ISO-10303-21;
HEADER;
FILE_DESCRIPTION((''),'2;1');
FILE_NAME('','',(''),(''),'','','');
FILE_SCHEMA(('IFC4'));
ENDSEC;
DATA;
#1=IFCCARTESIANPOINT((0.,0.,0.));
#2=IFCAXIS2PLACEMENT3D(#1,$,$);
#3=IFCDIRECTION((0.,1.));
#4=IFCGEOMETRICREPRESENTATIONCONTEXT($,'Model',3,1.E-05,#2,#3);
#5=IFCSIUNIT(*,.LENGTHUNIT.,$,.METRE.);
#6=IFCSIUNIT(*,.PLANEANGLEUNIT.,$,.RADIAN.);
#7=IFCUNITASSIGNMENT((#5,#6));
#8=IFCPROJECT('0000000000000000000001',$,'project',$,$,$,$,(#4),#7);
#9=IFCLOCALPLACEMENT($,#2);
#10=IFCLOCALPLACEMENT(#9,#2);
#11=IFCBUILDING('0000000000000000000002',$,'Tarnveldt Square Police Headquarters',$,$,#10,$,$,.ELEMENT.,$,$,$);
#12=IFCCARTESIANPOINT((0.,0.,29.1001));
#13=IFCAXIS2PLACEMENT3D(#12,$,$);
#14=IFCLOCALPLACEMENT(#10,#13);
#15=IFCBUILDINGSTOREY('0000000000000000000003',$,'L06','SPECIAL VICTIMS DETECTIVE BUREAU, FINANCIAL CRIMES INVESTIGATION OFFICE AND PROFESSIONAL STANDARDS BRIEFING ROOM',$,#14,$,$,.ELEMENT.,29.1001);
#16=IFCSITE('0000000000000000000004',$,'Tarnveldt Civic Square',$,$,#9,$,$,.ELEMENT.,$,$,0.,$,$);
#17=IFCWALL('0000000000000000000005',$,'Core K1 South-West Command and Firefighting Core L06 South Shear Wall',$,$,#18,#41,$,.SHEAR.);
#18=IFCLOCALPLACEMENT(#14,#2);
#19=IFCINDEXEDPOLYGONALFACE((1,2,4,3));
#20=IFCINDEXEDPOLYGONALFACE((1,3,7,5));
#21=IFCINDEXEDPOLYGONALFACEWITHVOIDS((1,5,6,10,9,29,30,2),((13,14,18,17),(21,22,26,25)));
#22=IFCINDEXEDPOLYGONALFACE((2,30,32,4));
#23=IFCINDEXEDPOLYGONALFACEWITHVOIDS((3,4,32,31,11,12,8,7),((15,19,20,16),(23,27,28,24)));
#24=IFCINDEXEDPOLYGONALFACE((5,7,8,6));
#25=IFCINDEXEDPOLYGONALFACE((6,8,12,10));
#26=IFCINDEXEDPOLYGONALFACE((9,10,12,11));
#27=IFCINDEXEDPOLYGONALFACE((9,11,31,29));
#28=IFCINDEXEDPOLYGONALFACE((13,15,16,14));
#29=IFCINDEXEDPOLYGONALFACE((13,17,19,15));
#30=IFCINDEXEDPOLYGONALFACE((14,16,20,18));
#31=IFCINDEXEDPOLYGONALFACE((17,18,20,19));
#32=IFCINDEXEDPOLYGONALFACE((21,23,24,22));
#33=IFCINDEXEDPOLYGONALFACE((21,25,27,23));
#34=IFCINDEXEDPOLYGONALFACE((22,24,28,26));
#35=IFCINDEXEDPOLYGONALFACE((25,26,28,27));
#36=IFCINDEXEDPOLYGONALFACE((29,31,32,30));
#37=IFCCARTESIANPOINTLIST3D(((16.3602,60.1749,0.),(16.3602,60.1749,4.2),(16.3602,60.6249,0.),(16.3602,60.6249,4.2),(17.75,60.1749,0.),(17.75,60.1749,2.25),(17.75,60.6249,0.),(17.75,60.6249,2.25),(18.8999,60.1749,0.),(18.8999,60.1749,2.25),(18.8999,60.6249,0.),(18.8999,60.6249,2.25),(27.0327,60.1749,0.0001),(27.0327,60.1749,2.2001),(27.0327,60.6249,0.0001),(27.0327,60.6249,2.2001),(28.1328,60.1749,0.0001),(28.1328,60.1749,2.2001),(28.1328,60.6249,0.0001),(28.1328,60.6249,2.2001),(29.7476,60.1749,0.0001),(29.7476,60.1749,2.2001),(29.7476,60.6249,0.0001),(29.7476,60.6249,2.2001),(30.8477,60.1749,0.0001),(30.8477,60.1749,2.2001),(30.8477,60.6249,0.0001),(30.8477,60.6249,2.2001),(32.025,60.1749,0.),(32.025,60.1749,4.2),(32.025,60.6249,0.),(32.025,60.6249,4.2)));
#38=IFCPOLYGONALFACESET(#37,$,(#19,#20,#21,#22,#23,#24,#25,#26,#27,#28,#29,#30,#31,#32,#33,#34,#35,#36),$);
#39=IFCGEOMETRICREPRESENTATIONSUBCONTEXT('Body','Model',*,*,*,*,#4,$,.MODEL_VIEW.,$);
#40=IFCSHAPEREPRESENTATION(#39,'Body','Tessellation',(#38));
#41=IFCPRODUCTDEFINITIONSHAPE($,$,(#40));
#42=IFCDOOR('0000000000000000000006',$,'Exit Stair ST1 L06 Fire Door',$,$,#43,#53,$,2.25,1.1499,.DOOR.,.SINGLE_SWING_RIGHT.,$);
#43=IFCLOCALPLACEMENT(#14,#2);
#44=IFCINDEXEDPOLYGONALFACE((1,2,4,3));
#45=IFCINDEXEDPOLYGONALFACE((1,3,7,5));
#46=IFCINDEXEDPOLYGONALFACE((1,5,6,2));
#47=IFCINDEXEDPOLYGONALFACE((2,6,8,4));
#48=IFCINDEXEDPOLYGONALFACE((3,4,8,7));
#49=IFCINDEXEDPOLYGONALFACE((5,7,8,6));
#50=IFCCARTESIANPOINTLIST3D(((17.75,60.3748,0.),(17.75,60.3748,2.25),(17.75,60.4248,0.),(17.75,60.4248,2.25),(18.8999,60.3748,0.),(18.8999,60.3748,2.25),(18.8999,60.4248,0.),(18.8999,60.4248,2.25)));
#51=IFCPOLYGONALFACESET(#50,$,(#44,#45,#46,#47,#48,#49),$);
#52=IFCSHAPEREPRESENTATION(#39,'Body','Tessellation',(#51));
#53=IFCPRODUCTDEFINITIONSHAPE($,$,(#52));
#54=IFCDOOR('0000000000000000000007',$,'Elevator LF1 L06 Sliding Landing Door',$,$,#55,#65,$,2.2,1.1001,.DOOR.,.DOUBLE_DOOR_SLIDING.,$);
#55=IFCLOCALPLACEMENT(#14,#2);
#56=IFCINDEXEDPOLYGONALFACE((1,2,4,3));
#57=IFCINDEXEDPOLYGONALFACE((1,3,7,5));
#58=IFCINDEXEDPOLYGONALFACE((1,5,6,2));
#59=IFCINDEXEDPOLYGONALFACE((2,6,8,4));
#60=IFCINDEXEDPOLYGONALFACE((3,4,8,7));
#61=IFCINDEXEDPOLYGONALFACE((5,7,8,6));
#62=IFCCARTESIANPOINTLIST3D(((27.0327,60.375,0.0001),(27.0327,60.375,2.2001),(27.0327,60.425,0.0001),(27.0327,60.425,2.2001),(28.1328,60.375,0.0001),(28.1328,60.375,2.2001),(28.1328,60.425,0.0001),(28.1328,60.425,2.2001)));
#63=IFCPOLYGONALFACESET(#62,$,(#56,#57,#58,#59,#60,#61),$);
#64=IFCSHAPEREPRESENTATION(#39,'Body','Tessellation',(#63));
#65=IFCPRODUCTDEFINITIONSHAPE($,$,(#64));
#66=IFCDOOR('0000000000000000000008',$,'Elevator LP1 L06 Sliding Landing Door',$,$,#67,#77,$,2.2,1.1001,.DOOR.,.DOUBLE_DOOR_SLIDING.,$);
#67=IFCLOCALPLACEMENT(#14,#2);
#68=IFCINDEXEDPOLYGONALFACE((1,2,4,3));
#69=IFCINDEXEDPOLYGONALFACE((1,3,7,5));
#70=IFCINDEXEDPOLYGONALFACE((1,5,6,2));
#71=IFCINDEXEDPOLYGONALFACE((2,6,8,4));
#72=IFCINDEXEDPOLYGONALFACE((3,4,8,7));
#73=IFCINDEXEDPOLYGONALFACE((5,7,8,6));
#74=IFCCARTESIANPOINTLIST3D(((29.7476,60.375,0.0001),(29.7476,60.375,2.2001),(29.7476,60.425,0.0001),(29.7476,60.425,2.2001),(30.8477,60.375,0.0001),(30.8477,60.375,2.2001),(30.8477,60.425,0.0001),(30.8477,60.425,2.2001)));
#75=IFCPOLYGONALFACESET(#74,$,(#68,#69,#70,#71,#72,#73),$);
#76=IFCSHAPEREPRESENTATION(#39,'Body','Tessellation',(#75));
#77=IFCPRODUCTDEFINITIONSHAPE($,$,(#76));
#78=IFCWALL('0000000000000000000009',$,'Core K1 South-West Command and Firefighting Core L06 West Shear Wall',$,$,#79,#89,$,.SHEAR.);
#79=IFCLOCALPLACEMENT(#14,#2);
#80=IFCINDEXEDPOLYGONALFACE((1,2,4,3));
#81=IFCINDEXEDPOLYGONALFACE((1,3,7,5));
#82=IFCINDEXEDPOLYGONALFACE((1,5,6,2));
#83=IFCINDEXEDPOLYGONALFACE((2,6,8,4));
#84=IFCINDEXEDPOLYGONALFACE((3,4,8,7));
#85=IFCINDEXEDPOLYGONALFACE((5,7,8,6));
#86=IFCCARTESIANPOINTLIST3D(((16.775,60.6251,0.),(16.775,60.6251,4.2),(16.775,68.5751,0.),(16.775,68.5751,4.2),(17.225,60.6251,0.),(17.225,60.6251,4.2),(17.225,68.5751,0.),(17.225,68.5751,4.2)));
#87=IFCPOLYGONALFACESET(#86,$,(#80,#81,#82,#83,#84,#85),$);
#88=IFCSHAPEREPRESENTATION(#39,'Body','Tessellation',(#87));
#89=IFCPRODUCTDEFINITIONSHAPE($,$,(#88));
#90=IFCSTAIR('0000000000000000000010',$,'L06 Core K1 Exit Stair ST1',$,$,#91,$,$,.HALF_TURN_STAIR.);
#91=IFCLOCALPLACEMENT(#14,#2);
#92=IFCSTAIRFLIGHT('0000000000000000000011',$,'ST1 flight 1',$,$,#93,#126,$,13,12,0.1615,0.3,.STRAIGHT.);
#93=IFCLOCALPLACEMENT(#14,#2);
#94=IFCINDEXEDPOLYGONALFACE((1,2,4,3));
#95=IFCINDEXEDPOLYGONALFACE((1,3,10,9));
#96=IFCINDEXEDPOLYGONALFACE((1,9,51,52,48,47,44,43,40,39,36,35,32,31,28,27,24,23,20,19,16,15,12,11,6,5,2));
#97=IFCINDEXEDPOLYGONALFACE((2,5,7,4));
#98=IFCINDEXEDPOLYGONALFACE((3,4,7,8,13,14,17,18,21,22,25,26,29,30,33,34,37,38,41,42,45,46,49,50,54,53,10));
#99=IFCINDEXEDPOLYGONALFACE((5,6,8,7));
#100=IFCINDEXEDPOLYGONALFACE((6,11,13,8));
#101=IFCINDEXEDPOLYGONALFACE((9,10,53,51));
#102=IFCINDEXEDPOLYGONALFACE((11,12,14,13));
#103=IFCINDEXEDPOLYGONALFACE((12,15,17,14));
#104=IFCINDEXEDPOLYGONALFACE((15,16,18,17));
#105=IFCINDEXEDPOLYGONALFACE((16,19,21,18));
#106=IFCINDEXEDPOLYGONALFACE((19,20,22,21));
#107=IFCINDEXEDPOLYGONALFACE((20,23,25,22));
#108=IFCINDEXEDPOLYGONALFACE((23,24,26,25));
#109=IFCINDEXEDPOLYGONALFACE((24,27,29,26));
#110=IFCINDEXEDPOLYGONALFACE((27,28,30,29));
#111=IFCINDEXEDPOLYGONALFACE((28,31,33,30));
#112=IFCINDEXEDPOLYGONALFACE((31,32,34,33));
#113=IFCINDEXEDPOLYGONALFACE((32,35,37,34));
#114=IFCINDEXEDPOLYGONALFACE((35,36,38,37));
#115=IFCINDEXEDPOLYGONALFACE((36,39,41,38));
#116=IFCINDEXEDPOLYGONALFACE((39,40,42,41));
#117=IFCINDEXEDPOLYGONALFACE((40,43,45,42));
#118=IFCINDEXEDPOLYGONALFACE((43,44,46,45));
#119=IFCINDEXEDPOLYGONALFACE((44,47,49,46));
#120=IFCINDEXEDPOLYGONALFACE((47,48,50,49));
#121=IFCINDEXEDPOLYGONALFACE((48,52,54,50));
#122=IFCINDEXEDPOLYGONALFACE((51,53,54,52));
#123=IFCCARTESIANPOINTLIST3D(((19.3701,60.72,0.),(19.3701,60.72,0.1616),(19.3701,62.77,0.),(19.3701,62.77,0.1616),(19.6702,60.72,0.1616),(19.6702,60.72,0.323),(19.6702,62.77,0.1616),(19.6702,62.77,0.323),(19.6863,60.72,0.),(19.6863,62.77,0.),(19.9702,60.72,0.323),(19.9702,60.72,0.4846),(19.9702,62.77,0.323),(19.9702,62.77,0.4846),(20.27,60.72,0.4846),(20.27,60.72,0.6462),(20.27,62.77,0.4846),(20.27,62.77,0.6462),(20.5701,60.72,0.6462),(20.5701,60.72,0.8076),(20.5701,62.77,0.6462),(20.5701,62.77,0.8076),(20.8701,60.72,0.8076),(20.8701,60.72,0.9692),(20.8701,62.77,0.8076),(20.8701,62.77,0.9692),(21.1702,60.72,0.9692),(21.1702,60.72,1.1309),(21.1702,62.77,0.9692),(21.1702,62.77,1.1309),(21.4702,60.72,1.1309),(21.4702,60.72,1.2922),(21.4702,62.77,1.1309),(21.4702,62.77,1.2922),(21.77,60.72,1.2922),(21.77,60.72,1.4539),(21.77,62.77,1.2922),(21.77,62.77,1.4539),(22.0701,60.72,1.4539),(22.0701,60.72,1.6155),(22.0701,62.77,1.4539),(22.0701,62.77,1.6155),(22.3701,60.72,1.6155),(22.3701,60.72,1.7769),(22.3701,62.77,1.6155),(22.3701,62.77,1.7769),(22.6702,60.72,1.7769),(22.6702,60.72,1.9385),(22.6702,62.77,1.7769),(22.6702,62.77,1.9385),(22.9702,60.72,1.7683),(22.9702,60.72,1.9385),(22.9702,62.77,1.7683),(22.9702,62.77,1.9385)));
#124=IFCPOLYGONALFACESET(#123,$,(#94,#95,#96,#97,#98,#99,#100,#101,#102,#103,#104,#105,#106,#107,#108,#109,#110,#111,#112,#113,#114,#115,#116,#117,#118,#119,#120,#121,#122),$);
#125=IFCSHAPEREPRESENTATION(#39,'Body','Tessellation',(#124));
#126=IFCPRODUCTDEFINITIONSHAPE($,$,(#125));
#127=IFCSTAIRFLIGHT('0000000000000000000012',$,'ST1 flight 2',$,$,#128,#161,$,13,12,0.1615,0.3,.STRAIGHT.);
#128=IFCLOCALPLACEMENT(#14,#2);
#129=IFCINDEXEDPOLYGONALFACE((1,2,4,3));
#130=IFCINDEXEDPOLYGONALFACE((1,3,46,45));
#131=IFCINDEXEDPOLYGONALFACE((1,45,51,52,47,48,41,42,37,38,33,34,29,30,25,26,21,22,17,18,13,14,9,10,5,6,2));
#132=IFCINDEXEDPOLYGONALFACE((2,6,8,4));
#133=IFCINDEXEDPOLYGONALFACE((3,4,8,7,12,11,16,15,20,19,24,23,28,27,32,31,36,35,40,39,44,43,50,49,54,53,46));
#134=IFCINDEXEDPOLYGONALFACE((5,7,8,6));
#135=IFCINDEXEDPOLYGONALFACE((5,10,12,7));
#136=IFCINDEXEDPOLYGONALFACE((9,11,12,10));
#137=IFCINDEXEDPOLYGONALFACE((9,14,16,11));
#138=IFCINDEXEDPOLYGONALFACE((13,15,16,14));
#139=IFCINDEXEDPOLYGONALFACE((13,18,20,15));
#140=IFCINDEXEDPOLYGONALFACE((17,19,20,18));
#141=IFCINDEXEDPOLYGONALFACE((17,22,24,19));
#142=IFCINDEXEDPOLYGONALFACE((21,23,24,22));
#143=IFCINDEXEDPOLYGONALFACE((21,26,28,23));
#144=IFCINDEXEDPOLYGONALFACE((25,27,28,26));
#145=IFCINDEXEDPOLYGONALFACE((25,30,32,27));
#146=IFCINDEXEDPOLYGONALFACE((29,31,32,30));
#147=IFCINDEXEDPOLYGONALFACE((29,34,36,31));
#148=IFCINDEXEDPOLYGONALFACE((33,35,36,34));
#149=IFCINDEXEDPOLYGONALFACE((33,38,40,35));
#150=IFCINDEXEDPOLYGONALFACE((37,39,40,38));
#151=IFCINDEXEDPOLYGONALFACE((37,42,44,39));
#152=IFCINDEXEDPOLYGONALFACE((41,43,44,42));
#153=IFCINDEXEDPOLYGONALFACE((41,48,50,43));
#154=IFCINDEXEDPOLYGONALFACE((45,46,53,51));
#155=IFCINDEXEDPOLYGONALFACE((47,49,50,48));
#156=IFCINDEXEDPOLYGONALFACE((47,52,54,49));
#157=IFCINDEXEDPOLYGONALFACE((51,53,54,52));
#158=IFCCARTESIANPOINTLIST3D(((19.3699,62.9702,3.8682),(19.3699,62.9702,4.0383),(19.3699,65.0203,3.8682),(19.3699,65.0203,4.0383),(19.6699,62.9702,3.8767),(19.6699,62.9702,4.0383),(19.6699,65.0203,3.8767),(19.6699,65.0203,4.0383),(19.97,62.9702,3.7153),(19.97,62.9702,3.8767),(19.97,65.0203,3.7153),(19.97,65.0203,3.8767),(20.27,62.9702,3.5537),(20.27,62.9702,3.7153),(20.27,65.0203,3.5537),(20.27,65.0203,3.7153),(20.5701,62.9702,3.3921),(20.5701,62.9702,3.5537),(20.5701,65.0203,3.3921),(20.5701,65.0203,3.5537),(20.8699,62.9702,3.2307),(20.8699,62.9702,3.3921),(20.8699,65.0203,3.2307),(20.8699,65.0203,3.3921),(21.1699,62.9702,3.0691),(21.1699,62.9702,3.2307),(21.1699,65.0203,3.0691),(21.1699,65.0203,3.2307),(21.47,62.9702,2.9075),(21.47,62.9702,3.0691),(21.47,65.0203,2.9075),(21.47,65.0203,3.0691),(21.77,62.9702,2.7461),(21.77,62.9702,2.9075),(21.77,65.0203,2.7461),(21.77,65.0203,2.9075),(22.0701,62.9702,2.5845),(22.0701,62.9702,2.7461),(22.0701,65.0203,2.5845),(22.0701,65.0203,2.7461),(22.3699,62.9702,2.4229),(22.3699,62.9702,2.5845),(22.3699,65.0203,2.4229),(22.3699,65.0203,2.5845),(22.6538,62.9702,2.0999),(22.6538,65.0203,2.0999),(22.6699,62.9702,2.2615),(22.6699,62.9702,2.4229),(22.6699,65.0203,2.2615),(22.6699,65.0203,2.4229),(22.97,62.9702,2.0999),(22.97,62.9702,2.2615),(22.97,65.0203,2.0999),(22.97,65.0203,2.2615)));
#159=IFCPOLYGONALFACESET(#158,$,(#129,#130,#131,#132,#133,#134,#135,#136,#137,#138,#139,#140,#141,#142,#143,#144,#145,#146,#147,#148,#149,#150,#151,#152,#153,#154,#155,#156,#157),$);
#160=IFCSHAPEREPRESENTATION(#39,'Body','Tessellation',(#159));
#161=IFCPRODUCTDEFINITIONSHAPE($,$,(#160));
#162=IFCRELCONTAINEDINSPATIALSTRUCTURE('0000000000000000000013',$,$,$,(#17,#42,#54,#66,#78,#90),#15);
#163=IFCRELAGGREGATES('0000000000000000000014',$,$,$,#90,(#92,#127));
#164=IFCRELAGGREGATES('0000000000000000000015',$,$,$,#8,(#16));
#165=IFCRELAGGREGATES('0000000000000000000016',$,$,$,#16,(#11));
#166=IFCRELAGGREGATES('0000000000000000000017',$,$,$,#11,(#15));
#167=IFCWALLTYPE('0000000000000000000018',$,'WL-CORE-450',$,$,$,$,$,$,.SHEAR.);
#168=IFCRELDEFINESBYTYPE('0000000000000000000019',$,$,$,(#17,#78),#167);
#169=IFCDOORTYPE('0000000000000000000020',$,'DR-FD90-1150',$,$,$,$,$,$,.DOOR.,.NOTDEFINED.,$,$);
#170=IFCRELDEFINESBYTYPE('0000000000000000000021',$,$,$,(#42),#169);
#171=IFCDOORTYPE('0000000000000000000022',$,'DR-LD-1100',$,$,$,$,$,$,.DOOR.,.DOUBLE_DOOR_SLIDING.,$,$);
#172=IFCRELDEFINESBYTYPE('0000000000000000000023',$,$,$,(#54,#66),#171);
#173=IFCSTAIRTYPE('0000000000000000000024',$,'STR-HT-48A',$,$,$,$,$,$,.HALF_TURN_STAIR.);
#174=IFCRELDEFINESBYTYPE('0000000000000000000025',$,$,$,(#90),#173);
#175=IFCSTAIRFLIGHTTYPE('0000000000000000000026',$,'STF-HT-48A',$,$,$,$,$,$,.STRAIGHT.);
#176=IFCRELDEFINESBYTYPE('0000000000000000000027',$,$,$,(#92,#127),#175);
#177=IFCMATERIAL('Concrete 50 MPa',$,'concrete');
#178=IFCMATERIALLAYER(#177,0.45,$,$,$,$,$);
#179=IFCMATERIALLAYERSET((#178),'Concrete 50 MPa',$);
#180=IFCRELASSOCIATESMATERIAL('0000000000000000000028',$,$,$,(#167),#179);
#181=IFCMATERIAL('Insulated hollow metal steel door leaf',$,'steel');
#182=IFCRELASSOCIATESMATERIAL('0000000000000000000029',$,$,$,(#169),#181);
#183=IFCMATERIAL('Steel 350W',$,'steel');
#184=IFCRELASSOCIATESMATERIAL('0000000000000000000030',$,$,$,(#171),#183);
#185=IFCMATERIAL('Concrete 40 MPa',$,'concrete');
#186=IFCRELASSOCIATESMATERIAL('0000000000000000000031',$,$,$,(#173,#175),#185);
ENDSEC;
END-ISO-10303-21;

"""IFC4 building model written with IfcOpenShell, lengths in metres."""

from ifc_helpers import new_model, si_unit, direction, frame, frame_2d, origin, place, context, subcontext, project, spatial, polyline, rectangle, outline, extrude, material, layer, layer_set, type_object, element, fill, aggregate, save


model = new_model("IFC4")

# Units and contexts
model_context = context("Model", 3, precision=1e-05, world=origin(), true_north=direction((0.0, 1.0)))
body_context = subcontext(model_context, "Body", "Model", "MODEL_VIEW")
ifc_project = project(units=[si_unit("LENGTHUNIT", "METRE"), si_unit("PLANEANGLEUNIT", "RADIAN")], contexts=[model_context])

# Site, building, storey
site_placement = place(None, origin())
site = spatial("IfcSite", under=ifc_project, at=site_placement, Name="Tarnveldt Civic Square", CompositionType="ELEMENT", RefElevation=0.0)
building_placement = place(site_placement, origin())
building = spatial("IfcBuilding", under=site, at=building_placement, Name="Tarnveldt Square Police Headquarters", CompositionType="ELEMENT")
storey_placement = place(building_placement, frame((0.0, 0.0, 29.1001)))
storey = spatial("IfcBuildingStorey", under=building, at=storey_placement, Name="L06", Description="SPECIAL VICTIMS DETECTIVE BUREAU, FINANCIAL CRIMES INVESTIGATION OFFICE AND PROFESSIONAL STANDARDS BRIEFING ROOM", CompositionType="ELEMENT", Elevation=29.1001)

# Shared definitions
ifc_material_1 = material(Name="Steel 350W", Category="steel")

# Shared definitions
ifc_material_2 = material(Name="Concrete 40 MPa", Category="concrete")

# Wall, openings, doors
ifc_material_3 = material(Name="Concrete 50 MPa", Category="concrete")
ifc_layer = layer(ifc_material_3, 0.45)
ifc_layer_set = layer_set([ifc_layer], Name="Concrete 50 MPa")
wall_type = type_object("IfcWallType", Name="WL-CORE-450", PredefinedType="SHEAR", material=ifc_layer_set)
wall_1_placement = place(storey_placement, frame((16.3601, 60.3999, 0.0), z_axis=(0.0, 0.0, 1.0), x_axis=(1.0, 0.0, 0.0)))
wall_1 = element("IfcWall", 1, at=wall_1_placement, inside=storey, type_object=wall_type, Name="Core K1 South-West Command and Firefighting Core L06 South Shear Wall", PredefinedType="SHEAR", context=body_context, shape_type="SweptSolid", body=[
    extrude(rectangle(XDim=15.6648, YDim=0.45, at=frame_2d((7.8325, 0.0))), origin(), (0.0, 0.0, 1.0), 4.2),
])
opening_1_placement = place(wall_1_placement, frame((1.3899, 0.0, 0.0)))
opening_1 = element("IfcOpeningElement", 2, at=opening_1_placement, cuts=wall_1, PredefinedType="OPENING", context=body_context, shape_type="SweptSolid", body=[
    extrude(rectangle(XDim=1.1499, YDim=2.25, at=frame_2d((0.575, 1.125))), frame((0.0, 0.2349, 0.0), z_axis=(0.0, -1.0, 0.0), x_axis=(1.0, 0.0, 0.0)), (0.0, 0.0, 1.0), 0.47),
])
opening_2_placement = place(wall_1_placement, frame((10.6726, 0.0, 0.0)))
opening_2 = element("IfcOpeningElement", 3, at=opening_2_placement, cuts=wall_1, PredefinedType="OPENING", context=body_context, shape_type="SweptSolid", body=[
    extrude(rectangle(XDim=1.1001, YDim=2.2, at=frame_2d((0.55, 1.1001))), frame((0.0, 0.2349, 0.0), z_axis=(0.0, -1.0, 0.0), x_axis=(1.0, 0.0, 0.0)), (0.0, 0.0, 1.0), 0.47),
])
opening_3_placement = place(wall_1_placement, frame((13.3875, 0.0, 0.0)))
opening_3 = element("IfcOpeningElement", 4, at=opening_3_placement, cuts=wall_1, PredefinedType="OPENING", context=body_context, shape_type="SweptSolid", body=[
    extrude(rectangle(XDim=1.1001, YDim=2.2, at=frame_2d((0.55, 1.1001))), frame((0.0, 0.2349, 0.0), z_axis=(0.0, -1.0, 0.0), x_axis=(1.0, 0.0, 0.0)), (0.0, 0.0, 1.0), 0.47),
])
ifc_material_4 = material(Name="Insulated hollow metal steel door leaf", Category="steel")
door_type_1 = type_object("IfcDoorType", Name="DR-FD90-1150", OperationType="NOTDEFINED", PredefinedType="DOOR", material=ifc_material_4)
door_1_placement = place(opening_1_placement, origin())
door_1 = element("IfcDoor", 5, at=door_1_placement, inside=storey, type_object=door_type_1, Name="Exit Stair ST1 L06 Fire Door", OperationType="SINGLE_SWING_RIGHT", OverallHeight=2.25, OverallWidth=1.1499, PredefinedType="DOOR", context=body_context, shape_type="SweptSolid", body=[
    extrude(rectangle(XDim=1.1499, YDim=2.25, at=frame_2d((0.575, 1.125))), frame((0.0, 0.0249, 0.0), z_axis=(0.0, -1.0, 0.0), x_axis=(1.0, 0.0, 0.0)), (0.0, 0.0, 1.0), 0.05),
])
fill(opening_1, door_1)
door_type_2 = type_object("IfcDoorType", Name="DR-LD-1100", OperationType="DOUBLE_DOOR_SLIDING", PredefinedType="DOOR", material=ifc_material_1)
door_2_placement = place(opening_2_placement, frame((1.1001, 0.0, 0.0), z_axis=(0.0, 0.0, 1.0), x_axis=(-1.0, 0.0, 0.0)))
door_2 = element("IfcDoor", 6, at=door_2_placement, inside=storey, type_object=door_type_2, Name="Elevator LF1 L06 Sliding Landing Door", OperationType="DOUBLE_DOOR_SLIDING", OverallHeight=2.2, OverallWidth=1.1001, PredefinedType="DOOR", context=body_context, shape_type="SweptSolid", body=[
    extrude(rectangle(XDim=1.1001, YDim=2.2, at=frame_2d((0.55, 1.1001))), frame((0.0, 0.0249, 0.0), z_axis=(0.0, -1.0, 0.0), x_axis=(1.0, 0.0, 0.0)), (0.0, 0.0, 1.0), 0.05),
])
fill(opening_2, door_2)
door_3_placement = place(opening_3_placement, frame((1.1001, 0.0, 0.0), z_axis=(0.0, 0.0, 1.0), x_axis=(-1.0, 0.0, 0.0)))
door_3 = element("IfcDoor", 7, at=door_3_placement, inside=storey, type_object=door_type_2, Name="Elevator LP1 L06 Sliding Landing Door", OperationType="DOUBLE_DOOR_SLIDING", OverallHeight=2.2, OverallWidth=1.1001, PredefinedType="DOOR", context=body_context, shape_type="SweptSolid", body=[
    extrude(rectangle(XDim=1.1001, YDim=2.2, at=frame_2d((0.55, 1.1001))), frame((0.0, 0.0249, 0.0), z_axis=(0.0, -1.0, 0.0), x_axis=(1.0, 0.0, 0.0)), (0.0, 0.0, 1.0), 0.05),
])
fill(opening_3, door_3)

# Wall
wall_2_placement = place(storey_placement, frame((17.0, 60.625, 0.0), z_axis=(0.0, 0.0, 1.0), x_axis=(0.0, 1.0, 0.0)))
element("IfcWall", 8, at=wall_2_placement, inside=storey, type_object=wall_type, Name="Core K1 South-West Command and Firefighting Core L06 West Shear Wall", PredefinedType="SHEAR", context=body_context, shape_type="SweptSolid", body=[
    extrude(rectangle(XDim=7.95, YDim=0.45, at=frame_2d((3.9751, 0.0))), origin(), (0.0, 0.0, 1.0), 4.2),
])

# Stair, stair flights
stair_type = type_object("IfcStairType", Name="STR-HT-48A", PredefinedType="HALF_TURN_STAIR", material=ifc_material_2)
stair_placement = place(storey_placement, origin())
stair = element("IfcStair", 9, at=stair_placement, inside=storey, type_object=stair_type, Name="L06 Core K1 Exit Stair ST1", PredefinedType="HALF_TURN_STAIR")
stair_flight_type = type_object("IfcStairFlightType", Name="STF-HT-48A", PredefinedType="STRAIGHT", material=ifc_material_2)
stair_flight_1_placement = place(storey_placement, frame((19.3701, 61.7451, 0.0), z_axis=(0.0, 0.0, 1.0), x_axis=(1.0, 0.0, 0.0)))
stair_flight_1 = element("IfcStairFlight", 10, at=stair_flight_1_placement, type_object=stair_flight_type, Name="ST1 flight 1", NumberOfRisers=13, NumberOfTreads=12, PredefinedType="STRAIGHT", RiserHeight=0.1615, TreadLength=0.3, context=body_context, shape_type="SweptSolid", body=[
    extrude(outline(polyline([(0.0, 0.0), (0.0, 0.1616), (0.3, 0.1616), (0.3, 0.323), (0.6001, 0.323), (0.6001, 0.4846), (0.8999, 0.4846), (0.8999, 0.6462), (1.2, 0.6462), (1.2, 0.8076), (1.5, 0.8076), (1.5, 0.9692), (1.8, 0.9692), (1.8, 1.1309), (2.1001, 1.1309), (2.1001, 1.2922), (2.3999, 1.2922), (2.3999, 1.4539), (2.7, 1.4539), (2.7, 1.6155), (3.0, 1.6155), (3.0, 1.7769), (3.3, 1.7769), (3.3, 1.9385), (3.6001, 1.9385), (3.6001, 2.1001), (3.6001, 1.7683), (0.3162, 0.0), (0.0, 0.0)])), frame((0.0, 1.0249, 0.0), z_axis=(0.0, -1.0, 0.0), x_axis=(1.0, 0.0, 0.0)), (0.0, 0.0, 1.0), 2.05),
])
stair_flight_2_placement = place(storey_placement, frame((22.97, 63.9951, 2.0999), z_axis=(0.0, 0.0, 1.0), x_axis=(-1.0, 0.0, 0.0)))
stair_flight_2 = element("IfcStairFlight", 11, at=stair_flight_2_placement, type_object=stair_flight_type, Name="ST1 flight 2", NumberOfRisers=13, NumberOfTreads=12, PredefinedType="STRAIGHT", RiserHeight=0.1615, TreadLength=0.3, context=body_context, shape_type="SweptSolid", body=[
    extrude(outline(polyline([(0.0, 0.0), (0.0, 0.1616), (0.3, 0.1616), (0.3, 0.323), (0.6001, 0.323), (0.6001, 0.4846), (0.8999, 0.4846), (0.8999, 0.6462), (1.2, 0.6462), (1.2, 0.8076), (1.5, 0.8076), (1.5, 0.9692), (1.8, 0.9692), (1.8, 1.1309), (2.1001, 1.1309), (2.1001, 1.2922), (2.3999, 1.2922), (2.3999, 1.4539), (2.7, 1.4539), (2.7, 1.6155), (3.0, 1.6155), (3.0, 1.7769), (3.3, 1.7769), (3.3, 1.9385), (3.6001, 1.9385), (3.6001, 2.1001), (3.6001, 1.7683), (0.3162, 0.0), (0.0, 0.0)])), frame((0.0, 1.0249, 0.0), z_axis=(0.0, -1.0, 0.0), x_axis=(1.0, 0.0, 0.0)), (0.0, 0.0, 1.0), 2.05),
])
aggregate(stair, [stair_flight_1, stair_flight_2])

save(model, "model.ifc")
